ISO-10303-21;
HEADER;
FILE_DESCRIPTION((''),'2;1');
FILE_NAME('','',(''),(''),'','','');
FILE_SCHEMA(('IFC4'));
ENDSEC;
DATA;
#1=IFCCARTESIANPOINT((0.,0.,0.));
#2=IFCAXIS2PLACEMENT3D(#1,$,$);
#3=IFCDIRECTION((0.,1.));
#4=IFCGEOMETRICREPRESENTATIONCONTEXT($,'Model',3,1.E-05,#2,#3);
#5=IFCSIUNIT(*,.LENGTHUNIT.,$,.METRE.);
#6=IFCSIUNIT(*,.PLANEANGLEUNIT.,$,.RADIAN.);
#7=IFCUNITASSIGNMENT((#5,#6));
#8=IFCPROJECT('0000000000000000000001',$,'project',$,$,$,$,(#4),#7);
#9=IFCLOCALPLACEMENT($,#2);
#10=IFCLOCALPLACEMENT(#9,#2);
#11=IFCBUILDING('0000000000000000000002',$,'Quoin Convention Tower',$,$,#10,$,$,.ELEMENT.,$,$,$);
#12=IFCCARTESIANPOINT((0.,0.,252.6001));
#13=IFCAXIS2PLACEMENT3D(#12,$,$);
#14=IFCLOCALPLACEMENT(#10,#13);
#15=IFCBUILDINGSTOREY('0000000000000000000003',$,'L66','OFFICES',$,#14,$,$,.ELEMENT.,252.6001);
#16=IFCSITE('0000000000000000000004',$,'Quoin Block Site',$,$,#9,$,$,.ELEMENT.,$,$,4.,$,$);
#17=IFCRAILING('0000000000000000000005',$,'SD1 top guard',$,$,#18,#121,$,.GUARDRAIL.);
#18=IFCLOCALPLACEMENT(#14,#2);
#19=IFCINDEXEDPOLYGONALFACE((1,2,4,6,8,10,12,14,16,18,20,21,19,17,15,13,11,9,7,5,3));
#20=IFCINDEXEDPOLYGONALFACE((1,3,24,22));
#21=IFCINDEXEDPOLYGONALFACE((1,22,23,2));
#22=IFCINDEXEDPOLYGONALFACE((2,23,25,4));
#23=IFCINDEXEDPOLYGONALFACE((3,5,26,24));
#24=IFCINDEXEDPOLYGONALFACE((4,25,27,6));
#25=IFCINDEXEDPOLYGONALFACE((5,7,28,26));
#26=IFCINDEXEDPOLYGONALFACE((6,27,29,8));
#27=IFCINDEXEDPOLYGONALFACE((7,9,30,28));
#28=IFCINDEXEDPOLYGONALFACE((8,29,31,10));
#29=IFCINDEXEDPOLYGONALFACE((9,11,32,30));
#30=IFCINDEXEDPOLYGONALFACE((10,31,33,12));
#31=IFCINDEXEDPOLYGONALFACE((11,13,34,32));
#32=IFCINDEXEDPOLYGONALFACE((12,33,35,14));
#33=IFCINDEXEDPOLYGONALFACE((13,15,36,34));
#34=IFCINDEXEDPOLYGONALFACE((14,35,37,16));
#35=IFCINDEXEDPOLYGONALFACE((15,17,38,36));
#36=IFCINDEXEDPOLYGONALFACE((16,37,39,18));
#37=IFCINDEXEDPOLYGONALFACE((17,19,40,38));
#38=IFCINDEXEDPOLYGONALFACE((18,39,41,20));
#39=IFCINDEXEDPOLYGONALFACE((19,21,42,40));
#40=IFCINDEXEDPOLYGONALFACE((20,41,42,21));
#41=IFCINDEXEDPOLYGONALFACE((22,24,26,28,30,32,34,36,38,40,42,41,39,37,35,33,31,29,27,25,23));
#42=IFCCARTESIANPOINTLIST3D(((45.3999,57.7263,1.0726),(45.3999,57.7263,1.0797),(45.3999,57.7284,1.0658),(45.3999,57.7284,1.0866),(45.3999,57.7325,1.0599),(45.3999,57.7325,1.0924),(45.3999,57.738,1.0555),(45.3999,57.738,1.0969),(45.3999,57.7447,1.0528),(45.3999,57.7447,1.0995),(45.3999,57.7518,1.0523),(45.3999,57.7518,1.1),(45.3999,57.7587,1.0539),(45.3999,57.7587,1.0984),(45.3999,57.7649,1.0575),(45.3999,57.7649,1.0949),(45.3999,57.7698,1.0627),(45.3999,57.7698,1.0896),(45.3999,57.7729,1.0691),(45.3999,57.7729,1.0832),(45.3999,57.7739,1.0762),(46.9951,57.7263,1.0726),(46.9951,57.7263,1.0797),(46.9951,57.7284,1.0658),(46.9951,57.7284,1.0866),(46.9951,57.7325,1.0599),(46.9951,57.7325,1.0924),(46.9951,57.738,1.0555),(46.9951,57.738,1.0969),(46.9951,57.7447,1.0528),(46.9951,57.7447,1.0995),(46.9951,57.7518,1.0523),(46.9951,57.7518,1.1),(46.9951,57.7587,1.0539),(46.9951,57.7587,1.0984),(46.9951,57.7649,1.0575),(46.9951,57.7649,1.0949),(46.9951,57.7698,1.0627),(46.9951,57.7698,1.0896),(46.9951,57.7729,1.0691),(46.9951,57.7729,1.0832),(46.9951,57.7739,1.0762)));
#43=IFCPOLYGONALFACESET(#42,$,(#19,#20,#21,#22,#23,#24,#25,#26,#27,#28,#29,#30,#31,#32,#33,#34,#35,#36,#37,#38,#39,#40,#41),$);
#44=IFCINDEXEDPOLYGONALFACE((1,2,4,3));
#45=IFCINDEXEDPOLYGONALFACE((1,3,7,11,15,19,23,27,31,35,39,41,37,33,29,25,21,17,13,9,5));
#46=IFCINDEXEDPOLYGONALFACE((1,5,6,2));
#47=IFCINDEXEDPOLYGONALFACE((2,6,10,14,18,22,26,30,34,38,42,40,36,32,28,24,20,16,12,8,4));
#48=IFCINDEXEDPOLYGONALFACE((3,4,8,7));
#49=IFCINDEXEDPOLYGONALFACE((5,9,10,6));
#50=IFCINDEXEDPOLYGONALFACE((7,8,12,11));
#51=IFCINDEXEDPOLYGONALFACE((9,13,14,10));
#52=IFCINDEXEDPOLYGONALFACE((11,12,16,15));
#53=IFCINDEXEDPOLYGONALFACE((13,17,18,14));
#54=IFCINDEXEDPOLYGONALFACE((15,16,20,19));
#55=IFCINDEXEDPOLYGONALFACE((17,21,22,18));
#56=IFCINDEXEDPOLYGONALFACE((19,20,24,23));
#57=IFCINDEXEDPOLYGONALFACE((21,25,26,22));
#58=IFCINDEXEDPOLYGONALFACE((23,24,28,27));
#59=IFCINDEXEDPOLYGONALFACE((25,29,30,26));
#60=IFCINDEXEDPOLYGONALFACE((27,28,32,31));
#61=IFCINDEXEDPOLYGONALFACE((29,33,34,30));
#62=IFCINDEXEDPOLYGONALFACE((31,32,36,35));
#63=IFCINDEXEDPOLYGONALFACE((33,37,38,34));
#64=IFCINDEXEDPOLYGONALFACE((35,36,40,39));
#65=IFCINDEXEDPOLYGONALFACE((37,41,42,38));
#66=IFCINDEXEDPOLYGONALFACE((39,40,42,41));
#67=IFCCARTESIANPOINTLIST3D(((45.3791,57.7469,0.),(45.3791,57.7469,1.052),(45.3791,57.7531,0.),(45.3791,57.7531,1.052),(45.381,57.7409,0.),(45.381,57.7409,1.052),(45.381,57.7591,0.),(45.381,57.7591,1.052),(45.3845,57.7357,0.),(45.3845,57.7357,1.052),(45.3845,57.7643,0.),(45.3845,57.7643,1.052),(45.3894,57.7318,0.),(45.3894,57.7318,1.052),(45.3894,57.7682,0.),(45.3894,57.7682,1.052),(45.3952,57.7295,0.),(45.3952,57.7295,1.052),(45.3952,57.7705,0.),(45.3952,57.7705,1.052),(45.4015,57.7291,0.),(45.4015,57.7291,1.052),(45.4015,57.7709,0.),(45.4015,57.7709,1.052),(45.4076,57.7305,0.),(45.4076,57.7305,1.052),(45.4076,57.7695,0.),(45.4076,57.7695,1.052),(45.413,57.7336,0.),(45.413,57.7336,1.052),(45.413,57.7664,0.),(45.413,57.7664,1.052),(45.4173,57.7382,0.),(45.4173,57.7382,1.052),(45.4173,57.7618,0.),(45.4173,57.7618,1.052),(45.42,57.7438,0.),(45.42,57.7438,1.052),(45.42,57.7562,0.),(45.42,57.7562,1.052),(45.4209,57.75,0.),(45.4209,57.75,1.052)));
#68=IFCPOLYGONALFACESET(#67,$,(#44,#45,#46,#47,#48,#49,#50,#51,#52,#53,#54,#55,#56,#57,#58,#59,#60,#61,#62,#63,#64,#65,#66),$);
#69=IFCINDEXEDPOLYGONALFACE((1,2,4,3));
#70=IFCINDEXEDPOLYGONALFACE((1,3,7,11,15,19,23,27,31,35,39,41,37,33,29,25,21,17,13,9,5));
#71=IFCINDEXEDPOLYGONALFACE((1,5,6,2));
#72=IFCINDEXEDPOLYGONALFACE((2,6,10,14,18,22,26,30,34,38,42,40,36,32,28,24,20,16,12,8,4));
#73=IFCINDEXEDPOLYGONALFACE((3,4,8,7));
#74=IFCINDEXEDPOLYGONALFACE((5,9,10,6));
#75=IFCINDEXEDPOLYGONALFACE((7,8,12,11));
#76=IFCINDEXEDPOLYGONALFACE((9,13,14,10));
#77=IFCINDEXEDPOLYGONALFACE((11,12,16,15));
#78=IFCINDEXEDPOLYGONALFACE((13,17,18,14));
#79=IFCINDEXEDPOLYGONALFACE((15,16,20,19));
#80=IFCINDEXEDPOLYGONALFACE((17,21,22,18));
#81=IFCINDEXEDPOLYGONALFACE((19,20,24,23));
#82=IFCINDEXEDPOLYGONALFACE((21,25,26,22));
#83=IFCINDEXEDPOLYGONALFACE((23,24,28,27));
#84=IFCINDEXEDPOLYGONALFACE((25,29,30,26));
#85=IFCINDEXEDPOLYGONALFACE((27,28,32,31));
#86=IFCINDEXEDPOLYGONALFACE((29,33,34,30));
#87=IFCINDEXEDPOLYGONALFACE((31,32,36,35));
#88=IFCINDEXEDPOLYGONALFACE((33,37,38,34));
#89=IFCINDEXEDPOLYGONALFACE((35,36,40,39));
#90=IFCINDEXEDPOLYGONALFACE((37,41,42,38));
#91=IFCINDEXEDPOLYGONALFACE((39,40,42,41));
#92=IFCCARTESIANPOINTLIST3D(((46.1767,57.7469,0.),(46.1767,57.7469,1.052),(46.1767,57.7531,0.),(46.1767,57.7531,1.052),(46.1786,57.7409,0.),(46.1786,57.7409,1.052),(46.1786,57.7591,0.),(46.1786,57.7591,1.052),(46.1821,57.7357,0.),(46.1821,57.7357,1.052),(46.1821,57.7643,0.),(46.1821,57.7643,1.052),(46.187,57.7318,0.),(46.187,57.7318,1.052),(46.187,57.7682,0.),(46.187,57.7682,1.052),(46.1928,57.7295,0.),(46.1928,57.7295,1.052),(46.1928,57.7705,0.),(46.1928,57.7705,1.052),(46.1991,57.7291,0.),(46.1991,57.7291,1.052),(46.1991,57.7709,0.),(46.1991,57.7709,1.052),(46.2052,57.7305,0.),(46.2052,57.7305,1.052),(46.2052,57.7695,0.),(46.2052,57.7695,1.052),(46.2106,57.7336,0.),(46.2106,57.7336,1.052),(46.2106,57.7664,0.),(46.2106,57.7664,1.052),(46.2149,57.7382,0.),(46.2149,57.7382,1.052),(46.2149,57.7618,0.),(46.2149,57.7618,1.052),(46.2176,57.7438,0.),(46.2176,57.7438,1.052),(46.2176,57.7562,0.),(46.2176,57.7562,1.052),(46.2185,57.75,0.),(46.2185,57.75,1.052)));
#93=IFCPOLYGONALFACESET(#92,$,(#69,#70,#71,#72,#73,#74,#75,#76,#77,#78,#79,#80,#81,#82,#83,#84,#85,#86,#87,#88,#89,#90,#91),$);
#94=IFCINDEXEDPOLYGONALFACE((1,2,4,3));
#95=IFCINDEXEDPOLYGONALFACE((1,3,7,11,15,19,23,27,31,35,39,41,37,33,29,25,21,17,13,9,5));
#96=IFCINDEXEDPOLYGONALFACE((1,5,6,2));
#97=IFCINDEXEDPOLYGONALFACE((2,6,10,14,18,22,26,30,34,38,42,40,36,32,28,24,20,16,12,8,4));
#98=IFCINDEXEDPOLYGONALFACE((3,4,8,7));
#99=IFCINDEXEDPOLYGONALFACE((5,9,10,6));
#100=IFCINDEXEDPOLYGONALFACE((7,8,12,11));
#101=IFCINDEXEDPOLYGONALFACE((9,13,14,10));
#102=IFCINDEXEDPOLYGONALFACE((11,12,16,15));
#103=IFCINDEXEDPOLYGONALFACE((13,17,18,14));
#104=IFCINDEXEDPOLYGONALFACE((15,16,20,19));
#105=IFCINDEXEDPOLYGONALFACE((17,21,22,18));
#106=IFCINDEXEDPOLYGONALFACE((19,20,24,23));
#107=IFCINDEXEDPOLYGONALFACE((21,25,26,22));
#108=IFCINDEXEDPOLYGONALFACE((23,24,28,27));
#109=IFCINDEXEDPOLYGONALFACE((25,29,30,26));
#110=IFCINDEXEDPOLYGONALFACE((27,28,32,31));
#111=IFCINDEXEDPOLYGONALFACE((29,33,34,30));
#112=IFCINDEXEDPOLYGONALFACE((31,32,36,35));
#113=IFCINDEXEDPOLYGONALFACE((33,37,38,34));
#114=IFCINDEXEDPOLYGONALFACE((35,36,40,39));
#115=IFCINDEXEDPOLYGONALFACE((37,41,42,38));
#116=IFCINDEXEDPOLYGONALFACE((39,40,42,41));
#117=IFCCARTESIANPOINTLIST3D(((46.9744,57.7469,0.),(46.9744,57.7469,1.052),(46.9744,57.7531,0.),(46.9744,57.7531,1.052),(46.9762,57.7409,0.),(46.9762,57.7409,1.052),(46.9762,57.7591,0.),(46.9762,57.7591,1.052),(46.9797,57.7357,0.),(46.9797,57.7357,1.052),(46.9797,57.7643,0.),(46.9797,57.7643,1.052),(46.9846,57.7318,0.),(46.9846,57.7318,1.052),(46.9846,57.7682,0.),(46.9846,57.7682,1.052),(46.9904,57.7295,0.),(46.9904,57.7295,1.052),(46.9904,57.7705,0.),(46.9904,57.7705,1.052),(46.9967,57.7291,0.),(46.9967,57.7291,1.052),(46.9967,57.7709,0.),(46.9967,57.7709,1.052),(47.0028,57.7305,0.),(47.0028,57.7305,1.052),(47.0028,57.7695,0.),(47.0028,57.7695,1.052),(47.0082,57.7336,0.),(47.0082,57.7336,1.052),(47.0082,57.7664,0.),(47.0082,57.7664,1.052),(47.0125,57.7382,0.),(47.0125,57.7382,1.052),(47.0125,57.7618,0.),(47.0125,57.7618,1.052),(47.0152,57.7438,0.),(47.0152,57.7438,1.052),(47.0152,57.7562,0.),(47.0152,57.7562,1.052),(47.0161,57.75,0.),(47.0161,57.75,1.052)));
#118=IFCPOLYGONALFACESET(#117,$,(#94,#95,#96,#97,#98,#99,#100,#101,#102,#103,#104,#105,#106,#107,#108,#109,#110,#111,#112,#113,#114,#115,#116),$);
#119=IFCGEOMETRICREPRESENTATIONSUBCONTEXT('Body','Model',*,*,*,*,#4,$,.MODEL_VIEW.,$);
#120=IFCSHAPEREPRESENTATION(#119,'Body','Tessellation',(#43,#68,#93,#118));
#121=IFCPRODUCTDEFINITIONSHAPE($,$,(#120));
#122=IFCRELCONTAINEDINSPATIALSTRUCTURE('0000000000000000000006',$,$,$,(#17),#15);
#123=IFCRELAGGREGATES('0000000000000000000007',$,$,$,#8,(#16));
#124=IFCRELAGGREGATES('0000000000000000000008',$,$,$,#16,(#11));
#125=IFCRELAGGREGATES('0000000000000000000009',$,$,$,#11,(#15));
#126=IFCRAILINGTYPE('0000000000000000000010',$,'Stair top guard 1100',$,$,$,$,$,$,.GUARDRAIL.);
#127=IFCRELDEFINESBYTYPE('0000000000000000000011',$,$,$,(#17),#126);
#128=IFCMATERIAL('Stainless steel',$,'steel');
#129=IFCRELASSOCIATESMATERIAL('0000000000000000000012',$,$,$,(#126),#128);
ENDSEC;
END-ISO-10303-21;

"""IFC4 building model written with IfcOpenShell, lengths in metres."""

from ifc_helpers import new_model, si_unit, direction, frame, origin, origin_2d, place, context, subcontext, project, spatial, circle, extrude, material, type_object, element, save


model = new_model("IFC4")

# Units and contexts
model_context = context("Model", 3, precision=1e-05, world=origin(), true_north=direction((0.0, 1.0)))
body_context = subcontext(model_context, "Body", "Model", "MODEL_VIEW")
ifc_project = project(units=[si_unit("LENGTHUNIT", "METRE"), si_unit("PLANEANGLEUNIT", "RADIAN")], contexts=[model_context])

# Site, building, storey
site_placement = place(None, origin())
site = spatial("IfcSite", under=ifc_project, at=site_placement, Name="Quoin Block Site", CompositionType="ELEMENT", RefElevation=4.0)
building_placement = place(site_placement, origin())
building = spatial("IfcBuilding", under=site, at=building_placement, Name="Quoin Convention Tower", CompositionType="ELEMENT")
storey_placement = place(building_placement, frame((0.0, 0.0, 252.6001)))
storey = spatial("IfcBuildingStorey", under=building, at=storey_placement, Name="L66", Description="OFFICES", CompositionType="ELEMENT", Elevation=252.6001)

# Railing
ifc_material_1 = material(Name="Stainless steel", Category="steel")
railing_type_1 = type_object("IfcRailingType", Name="Stair top guard 1100", PredefinedType="GUARDRAIL", material=ifc_material_1)
railing_1_placement = place(storey_placement, frame((45.3999, 57.75, 0.0)))
element("IfcRailing", 1, at=railing_1_placement, inside=storey, type_object=railing_type_1, Name="SD1 top guard", PredefinedType="GUARDRAIL", context=body_context, shape_type="SweptSolid", body=[
    extrude(circle(Radius=0.0239, at=origin_2d()), frame((0.0, 0.0, 1.0762), z_axis=(1.0, 0.0, 0.0), x_axis=(0.0, 1.0, 0.0)), (0.0, 0.0, 1.0), 1.5952),
    extrude(circle(Radius=0.021, at=origin_2d()), origin(), (0.0, 0.0, 1.0), 1.052),
    extrude(circle(Radius=0.021, at=origin_2d()), frame((0.7976, 0.0, 0.0)), (0.0, 0.0, 1.0), 1.052),
    extrude(circle(Radius=0.021, at=origin_2d()), frame((1.5952, 0.0, 0.0)), (0.0, 0.0, 1.0), 1.052),
])

save(model, "model.ifc")
